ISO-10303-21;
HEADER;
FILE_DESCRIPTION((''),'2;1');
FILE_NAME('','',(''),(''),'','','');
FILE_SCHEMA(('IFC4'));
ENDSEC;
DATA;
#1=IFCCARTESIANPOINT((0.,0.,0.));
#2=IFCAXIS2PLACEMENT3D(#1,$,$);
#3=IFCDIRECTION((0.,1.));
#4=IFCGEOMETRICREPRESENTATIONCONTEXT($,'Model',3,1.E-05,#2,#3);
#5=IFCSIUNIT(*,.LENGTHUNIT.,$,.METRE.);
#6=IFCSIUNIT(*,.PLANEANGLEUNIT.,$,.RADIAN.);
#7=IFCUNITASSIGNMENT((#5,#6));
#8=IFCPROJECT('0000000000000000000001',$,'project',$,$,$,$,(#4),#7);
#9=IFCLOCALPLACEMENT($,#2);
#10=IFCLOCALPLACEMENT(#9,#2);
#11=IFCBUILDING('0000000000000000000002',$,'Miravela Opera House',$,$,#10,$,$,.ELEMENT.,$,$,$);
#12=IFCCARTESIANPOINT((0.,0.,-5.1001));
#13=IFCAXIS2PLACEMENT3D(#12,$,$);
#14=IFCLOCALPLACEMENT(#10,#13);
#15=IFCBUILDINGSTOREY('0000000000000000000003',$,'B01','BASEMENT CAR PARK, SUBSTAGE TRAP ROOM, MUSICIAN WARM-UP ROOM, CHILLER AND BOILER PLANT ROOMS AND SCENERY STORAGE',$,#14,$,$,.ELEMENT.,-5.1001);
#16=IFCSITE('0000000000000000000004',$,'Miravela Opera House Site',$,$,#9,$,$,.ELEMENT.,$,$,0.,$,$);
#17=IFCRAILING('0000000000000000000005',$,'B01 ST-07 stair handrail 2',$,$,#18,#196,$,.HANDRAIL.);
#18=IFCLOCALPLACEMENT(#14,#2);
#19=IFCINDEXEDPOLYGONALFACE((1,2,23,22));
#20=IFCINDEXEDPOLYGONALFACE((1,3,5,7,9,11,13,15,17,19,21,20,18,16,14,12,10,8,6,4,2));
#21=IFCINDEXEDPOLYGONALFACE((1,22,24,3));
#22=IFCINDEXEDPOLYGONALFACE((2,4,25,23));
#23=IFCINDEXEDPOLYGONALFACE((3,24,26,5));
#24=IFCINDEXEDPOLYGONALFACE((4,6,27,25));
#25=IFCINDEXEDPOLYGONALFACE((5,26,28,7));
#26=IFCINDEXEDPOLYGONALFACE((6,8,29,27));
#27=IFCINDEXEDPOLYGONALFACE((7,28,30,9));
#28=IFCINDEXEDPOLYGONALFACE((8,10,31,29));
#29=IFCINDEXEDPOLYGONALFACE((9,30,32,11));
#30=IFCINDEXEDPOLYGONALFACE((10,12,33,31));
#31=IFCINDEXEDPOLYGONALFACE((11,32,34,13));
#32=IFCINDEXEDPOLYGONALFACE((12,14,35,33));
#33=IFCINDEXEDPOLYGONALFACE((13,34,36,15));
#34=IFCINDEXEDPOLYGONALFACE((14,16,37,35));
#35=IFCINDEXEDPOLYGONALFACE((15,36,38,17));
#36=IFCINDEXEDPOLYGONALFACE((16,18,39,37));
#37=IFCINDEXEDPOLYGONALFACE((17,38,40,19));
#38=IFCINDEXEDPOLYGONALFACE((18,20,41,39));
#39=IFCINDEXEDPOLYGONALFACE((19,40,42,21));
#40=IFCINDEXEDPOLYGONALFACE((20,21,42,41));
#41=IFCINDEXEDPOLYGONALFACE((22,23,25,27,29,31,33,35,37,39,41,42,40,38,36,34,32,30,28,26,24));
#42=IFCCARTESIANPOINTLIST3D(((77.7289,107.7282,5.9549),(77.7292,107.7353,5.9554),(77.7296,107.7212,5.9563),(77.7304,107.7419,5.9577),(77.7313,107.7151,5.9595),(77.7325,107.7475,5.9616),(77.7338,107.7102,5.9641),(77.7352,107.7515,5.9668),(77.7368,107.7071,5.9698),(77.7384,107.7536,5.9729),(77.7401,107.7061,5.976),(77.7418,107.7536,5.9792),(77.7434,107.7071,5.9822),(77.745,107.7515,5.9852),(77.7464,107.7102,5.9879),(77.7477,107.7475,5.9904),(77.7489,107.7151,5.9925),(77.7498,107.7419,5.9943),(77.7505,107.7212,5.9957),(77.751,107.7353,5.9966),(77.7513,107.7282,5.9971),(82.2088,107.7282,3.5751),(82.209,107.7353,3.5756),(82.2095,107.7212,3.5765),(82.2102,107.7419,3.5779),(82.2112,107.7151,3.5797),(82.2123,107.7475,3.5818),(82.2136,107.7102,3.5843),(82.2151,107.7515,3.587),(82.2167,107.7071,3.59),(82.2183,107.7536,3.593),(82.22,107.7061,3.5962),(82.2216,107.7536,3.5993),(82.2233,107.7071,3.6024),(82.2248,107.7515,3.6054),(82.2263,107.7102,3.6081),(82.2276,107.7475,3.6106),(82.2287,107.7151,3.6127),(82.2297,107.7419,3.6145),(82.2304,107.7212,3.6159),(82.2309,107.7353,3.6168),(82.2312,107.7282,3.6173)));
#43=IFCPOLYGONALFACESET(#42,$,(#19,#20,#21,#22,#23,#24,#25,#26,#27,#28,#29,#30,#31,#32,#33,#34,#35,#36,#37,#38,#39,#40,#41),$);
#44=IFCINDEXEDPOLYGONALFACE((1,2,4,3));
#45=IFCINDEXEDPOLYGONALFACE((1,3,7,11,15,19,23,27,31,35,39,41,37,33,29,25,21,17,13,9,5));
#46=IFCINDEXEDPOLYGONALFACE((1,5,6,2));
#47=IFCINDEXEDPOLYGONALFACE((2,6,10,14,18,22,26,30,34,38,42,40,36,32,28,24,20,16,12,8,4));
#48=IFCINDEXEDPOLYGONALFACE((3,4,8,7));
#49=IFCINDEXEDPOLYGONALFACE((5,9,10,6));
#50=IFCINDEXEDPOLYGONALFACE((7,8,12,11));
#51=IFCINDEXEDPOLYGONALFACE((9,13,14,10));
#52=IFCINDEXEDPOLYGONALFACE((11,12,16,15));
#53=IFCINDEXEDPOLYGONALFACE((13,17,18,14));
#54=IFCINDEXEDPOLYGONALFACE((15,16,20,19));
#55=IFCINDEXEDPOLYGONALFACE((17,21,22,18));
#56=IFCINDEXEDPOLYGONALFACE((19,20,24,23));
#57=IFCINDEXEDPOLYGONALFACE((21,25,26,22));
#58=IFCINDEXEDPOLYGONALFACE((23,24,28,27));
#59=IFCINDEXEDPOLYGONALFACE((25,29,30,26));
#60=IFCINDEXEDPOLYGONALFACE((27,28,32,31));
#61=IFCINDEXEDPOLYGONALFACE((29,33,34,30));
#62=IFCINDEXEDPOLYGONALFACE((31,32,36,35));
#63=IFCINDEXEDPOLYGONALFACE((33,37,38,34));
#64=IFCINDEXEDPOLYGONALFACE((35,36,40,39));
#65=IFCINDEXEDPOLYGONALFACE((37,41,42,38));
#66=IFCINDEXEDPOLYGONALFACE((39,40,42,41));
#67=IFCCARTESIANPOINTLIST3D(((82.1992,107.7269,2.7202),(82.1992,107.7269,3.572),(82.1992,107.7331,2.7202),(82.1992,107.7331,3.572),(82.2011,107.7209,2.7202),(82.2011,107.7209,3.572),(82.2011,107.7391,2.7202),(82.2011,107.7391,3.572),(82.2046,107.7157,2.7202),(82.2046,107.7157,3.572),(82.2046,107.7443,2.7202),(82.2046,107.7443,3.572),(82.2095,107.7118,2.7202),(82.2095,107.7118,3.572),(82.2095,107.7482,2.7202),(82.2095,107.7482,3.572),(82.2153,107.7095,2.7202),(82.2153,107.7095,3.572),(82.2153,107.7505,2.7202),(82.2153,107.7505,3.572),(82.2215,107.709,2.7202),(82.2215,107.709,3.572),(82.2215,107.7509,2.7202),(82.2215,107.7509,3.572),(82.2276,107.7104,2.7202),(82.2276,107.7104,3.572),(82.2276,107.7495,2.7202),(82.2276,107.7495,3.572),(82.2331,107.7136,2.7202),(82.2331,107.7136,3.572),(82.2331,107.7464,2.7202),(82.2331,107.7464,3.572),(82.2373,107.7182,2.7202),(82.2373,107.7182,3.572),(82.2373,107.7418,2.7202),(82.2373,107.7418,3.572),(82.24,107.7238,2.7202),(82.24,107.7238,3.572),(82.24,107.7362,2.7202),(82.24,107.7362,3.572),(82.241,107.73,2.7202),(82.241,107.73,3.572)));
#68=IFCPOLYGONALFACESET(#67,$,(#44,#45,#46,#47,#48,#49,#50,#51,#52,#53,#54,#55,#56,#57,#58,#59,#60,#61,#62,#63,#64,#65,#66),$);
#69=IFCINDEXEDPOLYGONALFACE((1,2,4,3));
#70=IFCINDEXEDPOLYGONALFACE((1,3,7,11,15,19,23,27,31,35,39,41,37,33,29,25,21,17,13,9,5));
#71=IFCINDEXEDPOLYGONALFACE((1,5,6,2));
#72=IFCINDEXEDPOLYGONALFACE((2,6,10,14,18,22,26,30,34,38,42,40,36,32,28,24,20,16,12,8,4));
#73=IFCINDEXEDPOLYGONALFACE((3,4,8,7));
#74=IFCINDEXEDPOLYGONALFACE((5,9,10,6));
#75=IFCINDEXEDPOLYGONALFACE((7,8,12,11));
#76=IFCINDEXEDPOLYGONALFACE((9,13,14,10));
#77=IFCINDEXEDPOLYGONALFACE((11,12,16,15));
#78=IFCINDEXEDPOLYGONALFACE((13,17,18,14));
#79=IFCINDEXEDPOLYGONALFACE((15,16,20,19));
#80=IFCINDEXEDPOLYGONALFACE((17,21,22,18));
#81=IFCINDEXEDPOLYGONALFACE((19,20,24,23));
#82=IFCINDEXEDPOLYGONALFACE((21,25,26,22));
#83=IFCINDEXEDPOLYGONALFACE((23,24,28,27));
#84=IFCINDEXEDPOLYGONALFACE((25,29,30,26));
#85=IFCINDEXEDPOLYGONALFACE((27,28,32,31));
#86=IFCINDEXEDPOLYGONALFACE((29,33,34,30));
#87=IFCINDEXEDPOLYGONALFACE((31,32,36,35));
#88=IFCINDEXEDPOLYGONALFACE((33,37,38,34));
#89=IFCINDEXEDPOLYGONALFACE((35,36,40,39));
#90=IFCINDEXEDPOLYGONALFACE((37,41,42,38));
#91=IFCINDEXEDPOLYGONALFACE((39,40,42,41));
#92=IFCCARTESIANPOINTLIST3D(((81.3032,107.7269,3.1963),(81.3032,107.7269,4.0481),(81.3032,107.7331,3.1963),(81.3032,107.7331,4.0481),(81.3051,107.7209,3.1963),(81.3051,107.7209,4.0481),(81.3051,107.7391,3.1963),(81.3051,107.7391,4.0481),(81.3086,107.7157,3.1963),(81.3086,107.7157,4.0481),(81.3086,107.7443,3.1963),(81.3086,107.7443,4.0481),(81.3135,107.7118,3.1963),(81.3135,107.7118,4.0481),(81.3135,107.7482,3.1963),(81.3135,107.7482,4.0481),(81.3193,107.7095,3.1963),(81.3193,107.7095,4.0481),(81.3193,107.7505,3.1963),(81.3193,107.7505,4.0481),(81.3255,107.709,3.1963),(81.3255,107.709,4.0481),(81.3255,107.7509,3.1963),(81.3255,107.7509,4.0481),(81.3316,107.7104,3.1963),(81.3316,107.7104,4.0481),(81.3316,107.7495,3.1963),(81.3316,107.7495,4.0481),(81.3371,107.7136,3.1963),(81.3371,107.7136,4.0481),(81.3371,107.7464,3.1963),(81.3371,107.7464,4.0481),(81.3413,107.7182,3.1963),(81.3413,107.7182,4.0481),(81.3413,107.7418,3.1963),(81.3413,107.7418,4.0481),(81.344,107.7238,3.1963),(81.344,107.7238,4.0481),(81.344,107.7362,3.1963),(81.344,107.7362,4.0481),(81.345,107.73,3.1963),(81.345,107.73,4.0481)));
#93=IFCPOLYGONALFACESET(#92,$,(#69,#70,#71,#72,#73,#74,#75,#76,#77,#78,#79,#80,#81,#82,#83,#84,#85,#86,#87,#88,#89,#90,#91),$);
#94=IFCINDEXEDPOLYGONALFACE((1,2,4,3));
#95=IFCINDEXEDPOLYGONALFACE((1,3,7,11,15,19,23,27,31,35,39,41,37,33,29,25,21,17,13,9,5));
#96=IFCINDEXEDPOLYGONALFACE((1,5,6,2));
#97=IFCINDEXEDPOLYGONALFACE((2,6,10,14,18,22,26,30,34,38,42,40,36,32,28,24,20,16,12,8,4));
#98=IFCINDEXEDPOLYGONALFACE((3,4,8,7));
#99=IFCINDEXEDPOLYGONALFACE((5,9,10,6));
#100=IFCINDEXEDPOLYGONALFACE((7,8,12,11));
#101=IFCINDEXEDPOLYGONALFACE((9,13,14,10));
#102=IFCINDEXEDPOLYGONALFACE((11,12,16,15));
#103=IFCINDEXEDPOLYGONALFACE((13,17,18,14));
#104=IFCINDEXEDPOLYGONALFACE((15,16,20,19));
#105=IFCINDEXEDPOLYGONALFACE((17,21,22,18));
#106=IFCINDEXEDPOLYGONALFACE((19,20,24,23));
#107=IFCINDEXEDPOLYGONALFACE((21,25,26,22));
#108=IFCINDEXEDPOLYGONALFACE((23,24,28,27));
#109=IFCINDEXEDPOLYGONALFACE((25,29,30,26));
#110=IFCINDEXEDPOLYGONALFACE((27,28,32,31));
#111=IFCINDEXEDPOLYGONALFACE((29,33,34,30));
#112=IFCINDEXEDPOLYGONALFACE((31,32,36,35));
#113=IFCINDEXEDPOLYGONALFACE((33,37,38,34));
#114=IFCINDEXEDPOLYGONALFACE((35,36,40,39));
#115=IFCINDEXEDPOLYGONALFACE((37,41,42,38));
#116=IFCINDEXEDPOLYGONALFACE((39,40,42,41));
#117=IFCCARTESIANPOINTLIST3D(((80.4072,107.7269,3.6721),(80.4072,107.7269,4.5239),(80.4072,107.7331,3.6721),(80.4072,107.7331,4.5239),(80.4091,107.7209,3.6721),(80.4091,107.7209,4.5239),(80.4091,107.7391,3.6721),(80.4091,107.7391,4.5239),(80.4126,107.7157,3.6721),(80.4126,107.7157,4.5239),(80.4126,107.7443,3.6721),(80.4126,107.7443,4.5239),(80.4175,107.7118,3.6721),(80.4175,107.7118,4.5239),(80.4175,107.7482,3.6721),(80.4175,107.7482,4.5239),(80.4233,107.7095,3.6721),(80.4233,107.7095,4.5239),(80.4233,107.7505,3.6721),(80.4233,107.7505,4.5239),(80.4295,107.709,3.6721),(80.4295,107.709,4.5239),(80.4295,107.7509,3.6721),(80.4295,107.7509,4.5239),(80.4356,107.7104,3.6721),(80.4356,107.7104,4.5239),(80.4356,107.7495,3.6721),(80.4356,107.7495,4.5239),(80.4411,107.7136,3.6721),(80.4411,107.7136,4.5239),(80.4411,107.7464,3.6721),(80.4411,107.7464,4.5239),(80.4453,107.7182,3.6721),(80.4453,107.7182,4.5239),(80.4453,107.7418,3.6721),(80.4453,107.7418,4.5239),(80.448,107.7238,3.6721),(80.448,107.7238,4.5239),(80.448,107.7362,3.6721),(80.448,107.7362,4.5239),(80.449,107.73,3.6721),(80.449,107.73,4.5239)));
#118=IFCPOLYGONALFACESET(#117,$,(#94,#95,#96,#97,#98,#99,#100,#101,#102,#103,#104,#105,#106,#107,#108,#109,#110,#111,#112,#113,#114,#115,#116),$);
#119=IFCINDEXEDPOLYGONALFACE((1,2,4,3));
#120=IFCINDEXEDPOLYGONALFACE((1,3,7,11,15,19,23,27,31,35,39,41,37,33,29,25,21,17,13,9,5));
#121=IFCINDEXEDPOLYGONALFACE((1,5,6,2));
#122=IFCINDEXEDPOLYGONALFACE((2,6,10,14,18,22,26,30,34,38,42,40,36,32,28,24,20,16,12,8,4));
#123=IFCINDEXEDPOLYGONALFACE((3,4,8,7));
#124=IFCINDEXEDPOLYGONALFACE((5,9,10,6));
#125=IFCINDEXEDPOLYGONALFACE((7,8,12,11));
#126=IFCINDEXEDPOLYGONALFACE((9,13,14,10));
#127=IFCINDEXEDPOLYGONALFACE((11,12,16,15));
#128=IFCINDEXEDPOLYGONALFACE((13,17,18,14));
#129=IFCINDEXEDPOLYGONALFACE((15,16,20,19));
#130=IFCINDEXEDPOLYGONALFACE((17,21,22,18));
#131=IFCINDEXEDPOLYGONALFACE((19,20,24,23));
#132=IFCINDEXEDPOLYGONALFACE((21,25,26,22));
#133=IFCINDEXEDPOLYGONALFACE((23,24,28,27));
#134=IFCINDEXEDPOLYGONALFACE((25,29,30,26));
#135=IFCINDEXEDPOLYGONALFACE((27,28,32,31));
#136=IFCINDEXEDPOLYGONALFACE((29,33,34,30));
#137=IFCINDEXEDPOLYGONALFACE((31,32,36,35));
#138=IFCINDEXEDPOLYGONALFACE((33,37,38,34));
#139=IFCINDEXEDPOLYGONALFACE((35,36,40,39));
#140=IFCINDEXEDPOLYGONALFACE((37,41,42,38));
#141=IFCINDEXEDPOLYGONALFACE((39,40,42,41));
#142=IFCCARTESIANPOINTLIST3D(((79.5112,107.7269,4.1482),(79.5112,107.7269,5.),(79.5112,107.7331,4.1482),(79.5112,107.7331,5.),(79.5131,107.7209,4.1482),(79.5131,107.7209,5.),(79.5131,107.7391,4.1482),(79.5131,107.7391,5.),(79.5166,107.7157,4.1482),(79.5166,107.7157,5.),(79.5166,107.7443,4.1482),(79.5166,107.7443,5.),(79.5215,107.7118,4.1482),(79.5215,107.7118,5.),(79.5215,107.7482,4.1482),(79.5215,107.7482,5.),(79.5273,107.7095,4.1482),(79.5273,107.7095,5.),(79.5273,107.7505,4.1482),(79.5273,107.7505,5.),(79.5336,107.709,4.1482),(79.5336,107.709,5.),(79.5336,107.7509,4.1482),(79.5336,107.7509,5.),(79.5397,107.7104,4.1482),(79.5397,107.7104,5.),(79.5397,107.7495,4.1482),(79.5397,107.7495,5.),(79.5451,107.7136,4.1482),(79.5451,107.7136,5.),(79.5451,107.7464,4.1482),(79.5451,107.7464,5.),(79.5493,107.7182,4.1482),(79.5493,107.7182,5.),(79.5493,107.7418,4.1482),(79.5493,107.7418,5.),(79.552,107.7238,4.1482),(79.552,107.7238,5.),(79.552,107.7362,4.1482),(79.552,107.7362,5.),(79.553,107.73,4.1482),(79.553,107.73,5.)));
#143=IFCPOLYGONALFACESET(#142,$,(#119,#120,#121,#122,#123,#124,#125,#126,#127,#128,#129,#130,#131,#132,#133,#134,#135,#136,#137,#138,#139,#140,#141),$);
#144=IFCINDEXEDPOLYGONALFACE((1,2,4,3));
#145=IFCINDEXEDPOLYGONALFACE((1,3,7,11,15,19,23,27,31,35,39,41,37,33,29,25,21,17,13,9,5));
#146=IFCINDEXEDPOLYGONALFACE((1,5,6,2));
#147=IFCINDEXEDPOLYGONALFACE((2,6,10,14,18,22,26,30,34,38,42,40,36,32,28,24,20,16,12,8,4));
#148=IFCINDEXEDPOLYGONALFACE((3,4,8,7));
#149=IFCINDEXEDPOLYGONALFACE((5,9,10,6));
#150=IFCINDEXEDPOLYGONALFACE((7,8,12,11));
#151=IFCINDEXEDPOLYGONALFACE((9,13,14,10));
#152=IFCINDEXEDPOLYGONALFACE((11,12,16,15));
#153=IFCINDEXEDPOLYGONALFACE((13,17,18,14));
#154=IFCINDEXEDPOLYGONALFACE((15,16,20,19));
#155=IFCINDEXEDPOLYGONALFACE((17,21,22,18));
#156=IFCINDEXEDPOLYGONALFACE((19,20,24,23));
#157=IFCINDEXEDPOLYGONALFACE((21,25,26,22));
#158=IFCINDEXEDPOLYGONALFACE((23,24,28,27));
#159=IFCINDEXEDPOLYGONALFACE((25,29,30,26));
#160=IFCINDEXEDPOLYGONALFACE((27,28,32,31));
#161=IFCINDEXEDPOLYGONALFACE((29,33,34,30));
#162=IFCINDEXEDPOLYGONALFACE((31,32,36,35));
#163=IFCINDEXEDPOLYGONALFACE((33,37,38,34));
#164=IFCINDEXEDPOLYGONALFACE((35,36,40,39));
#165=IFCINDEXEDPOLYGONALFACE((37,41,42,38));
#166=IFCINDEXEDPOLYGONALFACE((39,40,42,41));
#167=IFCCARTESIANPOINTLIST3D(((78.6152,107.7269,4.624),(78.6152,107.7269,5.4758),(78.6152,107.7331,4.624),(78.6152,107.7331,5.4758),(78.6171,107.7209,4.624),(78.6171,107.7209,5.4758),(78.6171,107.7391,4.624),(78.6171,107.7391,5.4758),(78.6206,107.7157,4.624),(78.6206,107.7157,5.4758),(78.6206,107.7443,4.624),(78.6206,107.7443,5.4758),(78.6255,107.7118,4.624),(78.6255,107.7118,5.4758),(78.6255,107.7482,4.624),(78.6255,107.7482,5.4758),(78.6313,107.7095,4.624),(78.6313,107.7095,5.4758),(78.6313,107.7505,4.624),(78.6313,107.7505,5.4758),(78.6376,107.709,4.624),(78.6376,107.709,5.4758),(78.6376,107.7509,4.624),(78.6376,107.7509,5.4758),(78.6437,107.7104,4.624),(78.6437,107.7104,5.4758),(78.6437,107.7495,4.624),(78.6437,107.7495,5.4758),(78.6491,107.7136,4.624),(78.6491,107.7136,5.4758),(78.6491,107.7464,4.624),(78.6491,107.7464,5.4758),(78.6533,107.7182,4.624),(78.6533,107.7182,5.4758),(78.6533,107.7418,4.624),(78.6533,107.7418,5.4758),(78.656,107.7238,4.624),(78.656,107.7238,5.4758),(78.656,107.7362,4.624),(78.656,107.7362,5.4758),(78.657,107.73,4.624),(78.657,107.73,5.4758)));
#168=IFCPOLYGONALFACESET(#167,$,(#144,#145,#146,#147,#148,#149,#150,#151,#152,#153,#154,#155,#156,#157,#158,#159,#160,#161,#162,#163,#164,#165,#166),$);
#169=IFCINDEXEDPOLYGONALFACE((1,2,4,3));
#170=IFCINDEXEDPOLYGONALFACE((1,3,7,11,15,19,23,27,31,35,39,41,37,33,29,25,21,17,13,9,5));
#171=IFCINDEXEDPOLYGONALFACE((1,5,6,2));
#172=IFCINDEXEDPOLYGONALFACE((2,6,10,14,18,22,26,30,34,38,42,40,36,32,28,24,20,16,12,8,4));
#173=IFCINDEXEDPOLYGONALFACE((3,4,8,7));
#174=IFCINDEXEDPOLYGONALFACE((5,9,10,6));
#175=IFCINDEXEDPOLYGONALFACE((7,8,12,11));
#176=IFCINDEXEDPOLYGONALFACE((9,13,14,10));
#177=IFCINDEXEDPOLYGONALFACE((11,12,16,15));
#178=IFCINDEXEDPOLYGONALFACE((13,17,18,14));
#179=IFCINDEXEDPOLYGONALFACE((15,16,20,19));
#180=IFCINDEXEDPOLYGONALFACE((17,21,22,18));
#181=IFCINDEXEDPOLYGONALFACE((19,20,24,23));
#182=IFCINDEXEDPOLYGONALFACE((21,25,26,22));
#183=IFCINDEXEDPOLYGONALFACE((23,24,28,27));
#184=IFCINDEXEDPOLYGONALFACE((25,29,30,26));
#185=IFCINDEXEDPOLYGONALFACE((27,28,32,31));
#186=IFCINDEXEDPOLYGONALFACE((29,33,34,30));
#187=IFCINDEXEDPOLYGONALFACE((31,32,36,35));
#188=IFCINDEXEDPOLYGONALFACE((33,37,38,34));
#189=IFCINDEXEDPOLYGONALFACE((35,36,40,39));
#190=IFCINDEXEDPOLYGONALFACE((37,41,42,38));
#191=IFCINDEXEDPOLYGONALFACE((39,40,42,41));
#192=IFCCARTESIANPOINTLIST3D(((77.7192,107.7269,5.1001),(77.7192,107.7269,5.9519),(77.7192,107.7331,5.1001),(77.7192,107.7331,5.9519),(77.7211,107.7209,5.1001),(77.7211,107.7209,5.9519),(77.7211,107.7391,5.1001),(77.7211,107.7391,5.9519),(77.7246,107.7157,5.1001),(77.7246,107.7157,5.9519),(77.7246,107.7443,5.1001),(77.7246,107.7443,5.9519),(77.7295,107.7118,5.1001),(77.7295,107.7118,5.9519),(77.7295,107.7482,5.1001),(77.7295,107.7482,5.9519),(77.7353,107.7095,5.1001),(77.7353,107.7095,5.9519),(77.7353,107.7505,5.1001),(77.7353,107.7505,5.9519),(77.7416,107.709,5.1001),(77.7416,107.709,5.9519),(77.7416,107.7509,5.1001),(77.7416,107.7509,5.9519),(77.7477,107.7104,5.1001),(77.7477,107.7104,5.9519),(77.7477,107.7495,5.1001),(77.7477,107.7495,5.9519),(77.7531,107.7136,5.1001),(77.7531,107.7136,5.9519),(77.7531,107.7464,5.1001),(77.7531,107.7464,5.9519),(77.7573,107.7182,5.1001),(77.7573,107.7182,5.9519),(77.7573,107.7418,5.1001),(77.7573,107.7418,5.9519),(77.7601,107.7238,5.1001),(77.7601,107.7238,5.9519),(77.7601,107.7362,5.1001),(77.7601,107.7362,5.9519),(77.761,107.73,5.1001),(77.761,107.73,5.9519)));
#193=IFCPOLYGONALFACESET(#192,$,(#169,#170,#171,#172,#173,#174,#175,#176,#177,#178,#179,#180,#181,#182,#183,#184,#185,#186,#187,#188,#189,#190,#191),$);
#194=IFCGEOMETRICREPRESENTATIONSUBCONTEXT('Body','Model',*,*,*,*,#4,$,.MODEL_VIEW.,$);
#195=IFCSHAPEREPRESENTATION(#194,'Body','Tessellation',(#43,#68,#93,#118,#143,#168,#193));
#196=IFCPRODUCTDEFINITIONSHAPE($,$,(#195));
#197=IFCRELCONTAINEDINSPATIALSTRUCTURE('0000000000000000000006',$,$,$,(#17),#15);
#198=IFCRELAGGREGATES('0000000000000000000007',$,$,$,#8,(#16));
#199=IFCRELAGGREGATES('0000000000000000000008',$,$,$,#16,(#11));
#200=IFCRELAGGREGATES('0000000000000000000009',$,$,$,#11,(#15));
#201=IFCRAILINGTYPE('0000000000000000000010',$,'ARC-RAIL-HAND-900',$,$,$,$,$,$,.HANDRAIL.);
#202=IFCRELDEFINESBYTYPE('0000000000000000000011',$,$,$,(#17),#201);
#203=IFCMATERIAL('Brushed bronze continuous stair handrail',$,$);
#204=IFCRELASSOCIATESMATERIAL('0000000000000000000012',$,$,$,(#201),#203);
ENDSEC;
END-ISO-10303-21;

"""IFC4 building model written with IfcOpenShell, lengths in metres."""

from ifc_helpers import new_model, si_unit, direction, frame, origin, origin_2d, place, context, subcontext, project, spatial, circle, extrude, material, type_object, element, save


model = new_model("IFC4")

# Units and contexts
model_context = context("Model", 3, precision=1e-05, world=origin(), true_north=direction((0.0, 1.0)))
body_context = subcontext(model_context, "Body", "Model", "MODEL_VIEW")
ifc_project = project(units=[si_unit("LENGTHUNIT", "METRE"), si_unit("PLANEANGLEUNIT", "RADIAN")], contexts=[model_context])

# Site, building, storey
site_placement = place(None, origin())
site = spatial("IfcSite", under=ifc_project, at=site_placement, Name="Miravela Opera House Site", CompositionType="ELEMENT", RefElevation=0.0)
building_placement = place(site_placement, origin())
building = spatial("IfcBuilding", under=site, at=building_placement, Name="Miravela Opera House", CompositionType="ELEMENT")
storey_placement = place(building_placement, frame((0.0, 0.0, -5.1001)))
storey = spatial("IfcBuildingStorey", under=building, at=storey_placement, Name="B01", Description="BASEMENT CAR PARK, SUBSTAGE TRAP ROOM, MUSICIAN WARM-UP ROOM, CHILLER AND BOILER PLANT ROOMS AND SCENERY STORAGE", CompositionType="ELEMENT", Elevation=-5.1001)

# Railing
ifc_material_1 = material(Name="Brushed bronze continuous stair handrail")
railing_type_1 = type_object("IfcRailingType", Name="ARC-RAIL-HAND-900", PredefinedType="HANDRAIL", material=ifc_material_1)
railing_1_placement = place(storey_placement, frame((82.22, 107.73, 2.7202)))
element("IfcRailing", 1, at=railing_1_placement, inside=storey, type_object=railing_type_1, Name="B01 ST-07 stair handrail 2", PredefinedType="HANDRAIL", context=body_context, shape_type="SweptSolid", body=[
    extrude(circle(Radius=0.0239, at=origin_2d()), frame((0.0, 0.0, 0.876), z_axis=(-0.883124, 0.0, 0.469139), x_axis=(0.0, -1.0, 0.0)), (0.0, 0.0, 1.0), 5.0728),
    extrude(circle(Radius=0.021, at=origin_2d()), origin(), (0.0, 0.0, 1.0), 0.8518),
    extrude(circle(Radius=0.021, at=origin_2d()), frame((-0.896, 0.0, 0.4761)), (0.0, 0.0, 1.0), 0.8518),
    extrude(circle(Radius=0.021, at=origin_2d()), frame((-1.792, 0.0, 0.9519)), (0.0, 0.0, 1.0), 0.8518),
    extrude(circle(Radius=0.021, at=origin_2d()), frame((-2.688, 0.0, 1.428)), (0.0, 0.0, 1.0), 0.8518),
    extrude(circle(Radius=0.021, at=origin_2d()), frame((-3.584, 0.0, 1.9038)), (0.0, 0.0, 1.0), 0.8518),
    extrude(circle(Radius=0.021, at=origin_2d()), frame((-4.48, 0.0, 2.3799)), (0.0, 0.0, 1.0), 0.8518),
])

save(model, "model.ifc")
